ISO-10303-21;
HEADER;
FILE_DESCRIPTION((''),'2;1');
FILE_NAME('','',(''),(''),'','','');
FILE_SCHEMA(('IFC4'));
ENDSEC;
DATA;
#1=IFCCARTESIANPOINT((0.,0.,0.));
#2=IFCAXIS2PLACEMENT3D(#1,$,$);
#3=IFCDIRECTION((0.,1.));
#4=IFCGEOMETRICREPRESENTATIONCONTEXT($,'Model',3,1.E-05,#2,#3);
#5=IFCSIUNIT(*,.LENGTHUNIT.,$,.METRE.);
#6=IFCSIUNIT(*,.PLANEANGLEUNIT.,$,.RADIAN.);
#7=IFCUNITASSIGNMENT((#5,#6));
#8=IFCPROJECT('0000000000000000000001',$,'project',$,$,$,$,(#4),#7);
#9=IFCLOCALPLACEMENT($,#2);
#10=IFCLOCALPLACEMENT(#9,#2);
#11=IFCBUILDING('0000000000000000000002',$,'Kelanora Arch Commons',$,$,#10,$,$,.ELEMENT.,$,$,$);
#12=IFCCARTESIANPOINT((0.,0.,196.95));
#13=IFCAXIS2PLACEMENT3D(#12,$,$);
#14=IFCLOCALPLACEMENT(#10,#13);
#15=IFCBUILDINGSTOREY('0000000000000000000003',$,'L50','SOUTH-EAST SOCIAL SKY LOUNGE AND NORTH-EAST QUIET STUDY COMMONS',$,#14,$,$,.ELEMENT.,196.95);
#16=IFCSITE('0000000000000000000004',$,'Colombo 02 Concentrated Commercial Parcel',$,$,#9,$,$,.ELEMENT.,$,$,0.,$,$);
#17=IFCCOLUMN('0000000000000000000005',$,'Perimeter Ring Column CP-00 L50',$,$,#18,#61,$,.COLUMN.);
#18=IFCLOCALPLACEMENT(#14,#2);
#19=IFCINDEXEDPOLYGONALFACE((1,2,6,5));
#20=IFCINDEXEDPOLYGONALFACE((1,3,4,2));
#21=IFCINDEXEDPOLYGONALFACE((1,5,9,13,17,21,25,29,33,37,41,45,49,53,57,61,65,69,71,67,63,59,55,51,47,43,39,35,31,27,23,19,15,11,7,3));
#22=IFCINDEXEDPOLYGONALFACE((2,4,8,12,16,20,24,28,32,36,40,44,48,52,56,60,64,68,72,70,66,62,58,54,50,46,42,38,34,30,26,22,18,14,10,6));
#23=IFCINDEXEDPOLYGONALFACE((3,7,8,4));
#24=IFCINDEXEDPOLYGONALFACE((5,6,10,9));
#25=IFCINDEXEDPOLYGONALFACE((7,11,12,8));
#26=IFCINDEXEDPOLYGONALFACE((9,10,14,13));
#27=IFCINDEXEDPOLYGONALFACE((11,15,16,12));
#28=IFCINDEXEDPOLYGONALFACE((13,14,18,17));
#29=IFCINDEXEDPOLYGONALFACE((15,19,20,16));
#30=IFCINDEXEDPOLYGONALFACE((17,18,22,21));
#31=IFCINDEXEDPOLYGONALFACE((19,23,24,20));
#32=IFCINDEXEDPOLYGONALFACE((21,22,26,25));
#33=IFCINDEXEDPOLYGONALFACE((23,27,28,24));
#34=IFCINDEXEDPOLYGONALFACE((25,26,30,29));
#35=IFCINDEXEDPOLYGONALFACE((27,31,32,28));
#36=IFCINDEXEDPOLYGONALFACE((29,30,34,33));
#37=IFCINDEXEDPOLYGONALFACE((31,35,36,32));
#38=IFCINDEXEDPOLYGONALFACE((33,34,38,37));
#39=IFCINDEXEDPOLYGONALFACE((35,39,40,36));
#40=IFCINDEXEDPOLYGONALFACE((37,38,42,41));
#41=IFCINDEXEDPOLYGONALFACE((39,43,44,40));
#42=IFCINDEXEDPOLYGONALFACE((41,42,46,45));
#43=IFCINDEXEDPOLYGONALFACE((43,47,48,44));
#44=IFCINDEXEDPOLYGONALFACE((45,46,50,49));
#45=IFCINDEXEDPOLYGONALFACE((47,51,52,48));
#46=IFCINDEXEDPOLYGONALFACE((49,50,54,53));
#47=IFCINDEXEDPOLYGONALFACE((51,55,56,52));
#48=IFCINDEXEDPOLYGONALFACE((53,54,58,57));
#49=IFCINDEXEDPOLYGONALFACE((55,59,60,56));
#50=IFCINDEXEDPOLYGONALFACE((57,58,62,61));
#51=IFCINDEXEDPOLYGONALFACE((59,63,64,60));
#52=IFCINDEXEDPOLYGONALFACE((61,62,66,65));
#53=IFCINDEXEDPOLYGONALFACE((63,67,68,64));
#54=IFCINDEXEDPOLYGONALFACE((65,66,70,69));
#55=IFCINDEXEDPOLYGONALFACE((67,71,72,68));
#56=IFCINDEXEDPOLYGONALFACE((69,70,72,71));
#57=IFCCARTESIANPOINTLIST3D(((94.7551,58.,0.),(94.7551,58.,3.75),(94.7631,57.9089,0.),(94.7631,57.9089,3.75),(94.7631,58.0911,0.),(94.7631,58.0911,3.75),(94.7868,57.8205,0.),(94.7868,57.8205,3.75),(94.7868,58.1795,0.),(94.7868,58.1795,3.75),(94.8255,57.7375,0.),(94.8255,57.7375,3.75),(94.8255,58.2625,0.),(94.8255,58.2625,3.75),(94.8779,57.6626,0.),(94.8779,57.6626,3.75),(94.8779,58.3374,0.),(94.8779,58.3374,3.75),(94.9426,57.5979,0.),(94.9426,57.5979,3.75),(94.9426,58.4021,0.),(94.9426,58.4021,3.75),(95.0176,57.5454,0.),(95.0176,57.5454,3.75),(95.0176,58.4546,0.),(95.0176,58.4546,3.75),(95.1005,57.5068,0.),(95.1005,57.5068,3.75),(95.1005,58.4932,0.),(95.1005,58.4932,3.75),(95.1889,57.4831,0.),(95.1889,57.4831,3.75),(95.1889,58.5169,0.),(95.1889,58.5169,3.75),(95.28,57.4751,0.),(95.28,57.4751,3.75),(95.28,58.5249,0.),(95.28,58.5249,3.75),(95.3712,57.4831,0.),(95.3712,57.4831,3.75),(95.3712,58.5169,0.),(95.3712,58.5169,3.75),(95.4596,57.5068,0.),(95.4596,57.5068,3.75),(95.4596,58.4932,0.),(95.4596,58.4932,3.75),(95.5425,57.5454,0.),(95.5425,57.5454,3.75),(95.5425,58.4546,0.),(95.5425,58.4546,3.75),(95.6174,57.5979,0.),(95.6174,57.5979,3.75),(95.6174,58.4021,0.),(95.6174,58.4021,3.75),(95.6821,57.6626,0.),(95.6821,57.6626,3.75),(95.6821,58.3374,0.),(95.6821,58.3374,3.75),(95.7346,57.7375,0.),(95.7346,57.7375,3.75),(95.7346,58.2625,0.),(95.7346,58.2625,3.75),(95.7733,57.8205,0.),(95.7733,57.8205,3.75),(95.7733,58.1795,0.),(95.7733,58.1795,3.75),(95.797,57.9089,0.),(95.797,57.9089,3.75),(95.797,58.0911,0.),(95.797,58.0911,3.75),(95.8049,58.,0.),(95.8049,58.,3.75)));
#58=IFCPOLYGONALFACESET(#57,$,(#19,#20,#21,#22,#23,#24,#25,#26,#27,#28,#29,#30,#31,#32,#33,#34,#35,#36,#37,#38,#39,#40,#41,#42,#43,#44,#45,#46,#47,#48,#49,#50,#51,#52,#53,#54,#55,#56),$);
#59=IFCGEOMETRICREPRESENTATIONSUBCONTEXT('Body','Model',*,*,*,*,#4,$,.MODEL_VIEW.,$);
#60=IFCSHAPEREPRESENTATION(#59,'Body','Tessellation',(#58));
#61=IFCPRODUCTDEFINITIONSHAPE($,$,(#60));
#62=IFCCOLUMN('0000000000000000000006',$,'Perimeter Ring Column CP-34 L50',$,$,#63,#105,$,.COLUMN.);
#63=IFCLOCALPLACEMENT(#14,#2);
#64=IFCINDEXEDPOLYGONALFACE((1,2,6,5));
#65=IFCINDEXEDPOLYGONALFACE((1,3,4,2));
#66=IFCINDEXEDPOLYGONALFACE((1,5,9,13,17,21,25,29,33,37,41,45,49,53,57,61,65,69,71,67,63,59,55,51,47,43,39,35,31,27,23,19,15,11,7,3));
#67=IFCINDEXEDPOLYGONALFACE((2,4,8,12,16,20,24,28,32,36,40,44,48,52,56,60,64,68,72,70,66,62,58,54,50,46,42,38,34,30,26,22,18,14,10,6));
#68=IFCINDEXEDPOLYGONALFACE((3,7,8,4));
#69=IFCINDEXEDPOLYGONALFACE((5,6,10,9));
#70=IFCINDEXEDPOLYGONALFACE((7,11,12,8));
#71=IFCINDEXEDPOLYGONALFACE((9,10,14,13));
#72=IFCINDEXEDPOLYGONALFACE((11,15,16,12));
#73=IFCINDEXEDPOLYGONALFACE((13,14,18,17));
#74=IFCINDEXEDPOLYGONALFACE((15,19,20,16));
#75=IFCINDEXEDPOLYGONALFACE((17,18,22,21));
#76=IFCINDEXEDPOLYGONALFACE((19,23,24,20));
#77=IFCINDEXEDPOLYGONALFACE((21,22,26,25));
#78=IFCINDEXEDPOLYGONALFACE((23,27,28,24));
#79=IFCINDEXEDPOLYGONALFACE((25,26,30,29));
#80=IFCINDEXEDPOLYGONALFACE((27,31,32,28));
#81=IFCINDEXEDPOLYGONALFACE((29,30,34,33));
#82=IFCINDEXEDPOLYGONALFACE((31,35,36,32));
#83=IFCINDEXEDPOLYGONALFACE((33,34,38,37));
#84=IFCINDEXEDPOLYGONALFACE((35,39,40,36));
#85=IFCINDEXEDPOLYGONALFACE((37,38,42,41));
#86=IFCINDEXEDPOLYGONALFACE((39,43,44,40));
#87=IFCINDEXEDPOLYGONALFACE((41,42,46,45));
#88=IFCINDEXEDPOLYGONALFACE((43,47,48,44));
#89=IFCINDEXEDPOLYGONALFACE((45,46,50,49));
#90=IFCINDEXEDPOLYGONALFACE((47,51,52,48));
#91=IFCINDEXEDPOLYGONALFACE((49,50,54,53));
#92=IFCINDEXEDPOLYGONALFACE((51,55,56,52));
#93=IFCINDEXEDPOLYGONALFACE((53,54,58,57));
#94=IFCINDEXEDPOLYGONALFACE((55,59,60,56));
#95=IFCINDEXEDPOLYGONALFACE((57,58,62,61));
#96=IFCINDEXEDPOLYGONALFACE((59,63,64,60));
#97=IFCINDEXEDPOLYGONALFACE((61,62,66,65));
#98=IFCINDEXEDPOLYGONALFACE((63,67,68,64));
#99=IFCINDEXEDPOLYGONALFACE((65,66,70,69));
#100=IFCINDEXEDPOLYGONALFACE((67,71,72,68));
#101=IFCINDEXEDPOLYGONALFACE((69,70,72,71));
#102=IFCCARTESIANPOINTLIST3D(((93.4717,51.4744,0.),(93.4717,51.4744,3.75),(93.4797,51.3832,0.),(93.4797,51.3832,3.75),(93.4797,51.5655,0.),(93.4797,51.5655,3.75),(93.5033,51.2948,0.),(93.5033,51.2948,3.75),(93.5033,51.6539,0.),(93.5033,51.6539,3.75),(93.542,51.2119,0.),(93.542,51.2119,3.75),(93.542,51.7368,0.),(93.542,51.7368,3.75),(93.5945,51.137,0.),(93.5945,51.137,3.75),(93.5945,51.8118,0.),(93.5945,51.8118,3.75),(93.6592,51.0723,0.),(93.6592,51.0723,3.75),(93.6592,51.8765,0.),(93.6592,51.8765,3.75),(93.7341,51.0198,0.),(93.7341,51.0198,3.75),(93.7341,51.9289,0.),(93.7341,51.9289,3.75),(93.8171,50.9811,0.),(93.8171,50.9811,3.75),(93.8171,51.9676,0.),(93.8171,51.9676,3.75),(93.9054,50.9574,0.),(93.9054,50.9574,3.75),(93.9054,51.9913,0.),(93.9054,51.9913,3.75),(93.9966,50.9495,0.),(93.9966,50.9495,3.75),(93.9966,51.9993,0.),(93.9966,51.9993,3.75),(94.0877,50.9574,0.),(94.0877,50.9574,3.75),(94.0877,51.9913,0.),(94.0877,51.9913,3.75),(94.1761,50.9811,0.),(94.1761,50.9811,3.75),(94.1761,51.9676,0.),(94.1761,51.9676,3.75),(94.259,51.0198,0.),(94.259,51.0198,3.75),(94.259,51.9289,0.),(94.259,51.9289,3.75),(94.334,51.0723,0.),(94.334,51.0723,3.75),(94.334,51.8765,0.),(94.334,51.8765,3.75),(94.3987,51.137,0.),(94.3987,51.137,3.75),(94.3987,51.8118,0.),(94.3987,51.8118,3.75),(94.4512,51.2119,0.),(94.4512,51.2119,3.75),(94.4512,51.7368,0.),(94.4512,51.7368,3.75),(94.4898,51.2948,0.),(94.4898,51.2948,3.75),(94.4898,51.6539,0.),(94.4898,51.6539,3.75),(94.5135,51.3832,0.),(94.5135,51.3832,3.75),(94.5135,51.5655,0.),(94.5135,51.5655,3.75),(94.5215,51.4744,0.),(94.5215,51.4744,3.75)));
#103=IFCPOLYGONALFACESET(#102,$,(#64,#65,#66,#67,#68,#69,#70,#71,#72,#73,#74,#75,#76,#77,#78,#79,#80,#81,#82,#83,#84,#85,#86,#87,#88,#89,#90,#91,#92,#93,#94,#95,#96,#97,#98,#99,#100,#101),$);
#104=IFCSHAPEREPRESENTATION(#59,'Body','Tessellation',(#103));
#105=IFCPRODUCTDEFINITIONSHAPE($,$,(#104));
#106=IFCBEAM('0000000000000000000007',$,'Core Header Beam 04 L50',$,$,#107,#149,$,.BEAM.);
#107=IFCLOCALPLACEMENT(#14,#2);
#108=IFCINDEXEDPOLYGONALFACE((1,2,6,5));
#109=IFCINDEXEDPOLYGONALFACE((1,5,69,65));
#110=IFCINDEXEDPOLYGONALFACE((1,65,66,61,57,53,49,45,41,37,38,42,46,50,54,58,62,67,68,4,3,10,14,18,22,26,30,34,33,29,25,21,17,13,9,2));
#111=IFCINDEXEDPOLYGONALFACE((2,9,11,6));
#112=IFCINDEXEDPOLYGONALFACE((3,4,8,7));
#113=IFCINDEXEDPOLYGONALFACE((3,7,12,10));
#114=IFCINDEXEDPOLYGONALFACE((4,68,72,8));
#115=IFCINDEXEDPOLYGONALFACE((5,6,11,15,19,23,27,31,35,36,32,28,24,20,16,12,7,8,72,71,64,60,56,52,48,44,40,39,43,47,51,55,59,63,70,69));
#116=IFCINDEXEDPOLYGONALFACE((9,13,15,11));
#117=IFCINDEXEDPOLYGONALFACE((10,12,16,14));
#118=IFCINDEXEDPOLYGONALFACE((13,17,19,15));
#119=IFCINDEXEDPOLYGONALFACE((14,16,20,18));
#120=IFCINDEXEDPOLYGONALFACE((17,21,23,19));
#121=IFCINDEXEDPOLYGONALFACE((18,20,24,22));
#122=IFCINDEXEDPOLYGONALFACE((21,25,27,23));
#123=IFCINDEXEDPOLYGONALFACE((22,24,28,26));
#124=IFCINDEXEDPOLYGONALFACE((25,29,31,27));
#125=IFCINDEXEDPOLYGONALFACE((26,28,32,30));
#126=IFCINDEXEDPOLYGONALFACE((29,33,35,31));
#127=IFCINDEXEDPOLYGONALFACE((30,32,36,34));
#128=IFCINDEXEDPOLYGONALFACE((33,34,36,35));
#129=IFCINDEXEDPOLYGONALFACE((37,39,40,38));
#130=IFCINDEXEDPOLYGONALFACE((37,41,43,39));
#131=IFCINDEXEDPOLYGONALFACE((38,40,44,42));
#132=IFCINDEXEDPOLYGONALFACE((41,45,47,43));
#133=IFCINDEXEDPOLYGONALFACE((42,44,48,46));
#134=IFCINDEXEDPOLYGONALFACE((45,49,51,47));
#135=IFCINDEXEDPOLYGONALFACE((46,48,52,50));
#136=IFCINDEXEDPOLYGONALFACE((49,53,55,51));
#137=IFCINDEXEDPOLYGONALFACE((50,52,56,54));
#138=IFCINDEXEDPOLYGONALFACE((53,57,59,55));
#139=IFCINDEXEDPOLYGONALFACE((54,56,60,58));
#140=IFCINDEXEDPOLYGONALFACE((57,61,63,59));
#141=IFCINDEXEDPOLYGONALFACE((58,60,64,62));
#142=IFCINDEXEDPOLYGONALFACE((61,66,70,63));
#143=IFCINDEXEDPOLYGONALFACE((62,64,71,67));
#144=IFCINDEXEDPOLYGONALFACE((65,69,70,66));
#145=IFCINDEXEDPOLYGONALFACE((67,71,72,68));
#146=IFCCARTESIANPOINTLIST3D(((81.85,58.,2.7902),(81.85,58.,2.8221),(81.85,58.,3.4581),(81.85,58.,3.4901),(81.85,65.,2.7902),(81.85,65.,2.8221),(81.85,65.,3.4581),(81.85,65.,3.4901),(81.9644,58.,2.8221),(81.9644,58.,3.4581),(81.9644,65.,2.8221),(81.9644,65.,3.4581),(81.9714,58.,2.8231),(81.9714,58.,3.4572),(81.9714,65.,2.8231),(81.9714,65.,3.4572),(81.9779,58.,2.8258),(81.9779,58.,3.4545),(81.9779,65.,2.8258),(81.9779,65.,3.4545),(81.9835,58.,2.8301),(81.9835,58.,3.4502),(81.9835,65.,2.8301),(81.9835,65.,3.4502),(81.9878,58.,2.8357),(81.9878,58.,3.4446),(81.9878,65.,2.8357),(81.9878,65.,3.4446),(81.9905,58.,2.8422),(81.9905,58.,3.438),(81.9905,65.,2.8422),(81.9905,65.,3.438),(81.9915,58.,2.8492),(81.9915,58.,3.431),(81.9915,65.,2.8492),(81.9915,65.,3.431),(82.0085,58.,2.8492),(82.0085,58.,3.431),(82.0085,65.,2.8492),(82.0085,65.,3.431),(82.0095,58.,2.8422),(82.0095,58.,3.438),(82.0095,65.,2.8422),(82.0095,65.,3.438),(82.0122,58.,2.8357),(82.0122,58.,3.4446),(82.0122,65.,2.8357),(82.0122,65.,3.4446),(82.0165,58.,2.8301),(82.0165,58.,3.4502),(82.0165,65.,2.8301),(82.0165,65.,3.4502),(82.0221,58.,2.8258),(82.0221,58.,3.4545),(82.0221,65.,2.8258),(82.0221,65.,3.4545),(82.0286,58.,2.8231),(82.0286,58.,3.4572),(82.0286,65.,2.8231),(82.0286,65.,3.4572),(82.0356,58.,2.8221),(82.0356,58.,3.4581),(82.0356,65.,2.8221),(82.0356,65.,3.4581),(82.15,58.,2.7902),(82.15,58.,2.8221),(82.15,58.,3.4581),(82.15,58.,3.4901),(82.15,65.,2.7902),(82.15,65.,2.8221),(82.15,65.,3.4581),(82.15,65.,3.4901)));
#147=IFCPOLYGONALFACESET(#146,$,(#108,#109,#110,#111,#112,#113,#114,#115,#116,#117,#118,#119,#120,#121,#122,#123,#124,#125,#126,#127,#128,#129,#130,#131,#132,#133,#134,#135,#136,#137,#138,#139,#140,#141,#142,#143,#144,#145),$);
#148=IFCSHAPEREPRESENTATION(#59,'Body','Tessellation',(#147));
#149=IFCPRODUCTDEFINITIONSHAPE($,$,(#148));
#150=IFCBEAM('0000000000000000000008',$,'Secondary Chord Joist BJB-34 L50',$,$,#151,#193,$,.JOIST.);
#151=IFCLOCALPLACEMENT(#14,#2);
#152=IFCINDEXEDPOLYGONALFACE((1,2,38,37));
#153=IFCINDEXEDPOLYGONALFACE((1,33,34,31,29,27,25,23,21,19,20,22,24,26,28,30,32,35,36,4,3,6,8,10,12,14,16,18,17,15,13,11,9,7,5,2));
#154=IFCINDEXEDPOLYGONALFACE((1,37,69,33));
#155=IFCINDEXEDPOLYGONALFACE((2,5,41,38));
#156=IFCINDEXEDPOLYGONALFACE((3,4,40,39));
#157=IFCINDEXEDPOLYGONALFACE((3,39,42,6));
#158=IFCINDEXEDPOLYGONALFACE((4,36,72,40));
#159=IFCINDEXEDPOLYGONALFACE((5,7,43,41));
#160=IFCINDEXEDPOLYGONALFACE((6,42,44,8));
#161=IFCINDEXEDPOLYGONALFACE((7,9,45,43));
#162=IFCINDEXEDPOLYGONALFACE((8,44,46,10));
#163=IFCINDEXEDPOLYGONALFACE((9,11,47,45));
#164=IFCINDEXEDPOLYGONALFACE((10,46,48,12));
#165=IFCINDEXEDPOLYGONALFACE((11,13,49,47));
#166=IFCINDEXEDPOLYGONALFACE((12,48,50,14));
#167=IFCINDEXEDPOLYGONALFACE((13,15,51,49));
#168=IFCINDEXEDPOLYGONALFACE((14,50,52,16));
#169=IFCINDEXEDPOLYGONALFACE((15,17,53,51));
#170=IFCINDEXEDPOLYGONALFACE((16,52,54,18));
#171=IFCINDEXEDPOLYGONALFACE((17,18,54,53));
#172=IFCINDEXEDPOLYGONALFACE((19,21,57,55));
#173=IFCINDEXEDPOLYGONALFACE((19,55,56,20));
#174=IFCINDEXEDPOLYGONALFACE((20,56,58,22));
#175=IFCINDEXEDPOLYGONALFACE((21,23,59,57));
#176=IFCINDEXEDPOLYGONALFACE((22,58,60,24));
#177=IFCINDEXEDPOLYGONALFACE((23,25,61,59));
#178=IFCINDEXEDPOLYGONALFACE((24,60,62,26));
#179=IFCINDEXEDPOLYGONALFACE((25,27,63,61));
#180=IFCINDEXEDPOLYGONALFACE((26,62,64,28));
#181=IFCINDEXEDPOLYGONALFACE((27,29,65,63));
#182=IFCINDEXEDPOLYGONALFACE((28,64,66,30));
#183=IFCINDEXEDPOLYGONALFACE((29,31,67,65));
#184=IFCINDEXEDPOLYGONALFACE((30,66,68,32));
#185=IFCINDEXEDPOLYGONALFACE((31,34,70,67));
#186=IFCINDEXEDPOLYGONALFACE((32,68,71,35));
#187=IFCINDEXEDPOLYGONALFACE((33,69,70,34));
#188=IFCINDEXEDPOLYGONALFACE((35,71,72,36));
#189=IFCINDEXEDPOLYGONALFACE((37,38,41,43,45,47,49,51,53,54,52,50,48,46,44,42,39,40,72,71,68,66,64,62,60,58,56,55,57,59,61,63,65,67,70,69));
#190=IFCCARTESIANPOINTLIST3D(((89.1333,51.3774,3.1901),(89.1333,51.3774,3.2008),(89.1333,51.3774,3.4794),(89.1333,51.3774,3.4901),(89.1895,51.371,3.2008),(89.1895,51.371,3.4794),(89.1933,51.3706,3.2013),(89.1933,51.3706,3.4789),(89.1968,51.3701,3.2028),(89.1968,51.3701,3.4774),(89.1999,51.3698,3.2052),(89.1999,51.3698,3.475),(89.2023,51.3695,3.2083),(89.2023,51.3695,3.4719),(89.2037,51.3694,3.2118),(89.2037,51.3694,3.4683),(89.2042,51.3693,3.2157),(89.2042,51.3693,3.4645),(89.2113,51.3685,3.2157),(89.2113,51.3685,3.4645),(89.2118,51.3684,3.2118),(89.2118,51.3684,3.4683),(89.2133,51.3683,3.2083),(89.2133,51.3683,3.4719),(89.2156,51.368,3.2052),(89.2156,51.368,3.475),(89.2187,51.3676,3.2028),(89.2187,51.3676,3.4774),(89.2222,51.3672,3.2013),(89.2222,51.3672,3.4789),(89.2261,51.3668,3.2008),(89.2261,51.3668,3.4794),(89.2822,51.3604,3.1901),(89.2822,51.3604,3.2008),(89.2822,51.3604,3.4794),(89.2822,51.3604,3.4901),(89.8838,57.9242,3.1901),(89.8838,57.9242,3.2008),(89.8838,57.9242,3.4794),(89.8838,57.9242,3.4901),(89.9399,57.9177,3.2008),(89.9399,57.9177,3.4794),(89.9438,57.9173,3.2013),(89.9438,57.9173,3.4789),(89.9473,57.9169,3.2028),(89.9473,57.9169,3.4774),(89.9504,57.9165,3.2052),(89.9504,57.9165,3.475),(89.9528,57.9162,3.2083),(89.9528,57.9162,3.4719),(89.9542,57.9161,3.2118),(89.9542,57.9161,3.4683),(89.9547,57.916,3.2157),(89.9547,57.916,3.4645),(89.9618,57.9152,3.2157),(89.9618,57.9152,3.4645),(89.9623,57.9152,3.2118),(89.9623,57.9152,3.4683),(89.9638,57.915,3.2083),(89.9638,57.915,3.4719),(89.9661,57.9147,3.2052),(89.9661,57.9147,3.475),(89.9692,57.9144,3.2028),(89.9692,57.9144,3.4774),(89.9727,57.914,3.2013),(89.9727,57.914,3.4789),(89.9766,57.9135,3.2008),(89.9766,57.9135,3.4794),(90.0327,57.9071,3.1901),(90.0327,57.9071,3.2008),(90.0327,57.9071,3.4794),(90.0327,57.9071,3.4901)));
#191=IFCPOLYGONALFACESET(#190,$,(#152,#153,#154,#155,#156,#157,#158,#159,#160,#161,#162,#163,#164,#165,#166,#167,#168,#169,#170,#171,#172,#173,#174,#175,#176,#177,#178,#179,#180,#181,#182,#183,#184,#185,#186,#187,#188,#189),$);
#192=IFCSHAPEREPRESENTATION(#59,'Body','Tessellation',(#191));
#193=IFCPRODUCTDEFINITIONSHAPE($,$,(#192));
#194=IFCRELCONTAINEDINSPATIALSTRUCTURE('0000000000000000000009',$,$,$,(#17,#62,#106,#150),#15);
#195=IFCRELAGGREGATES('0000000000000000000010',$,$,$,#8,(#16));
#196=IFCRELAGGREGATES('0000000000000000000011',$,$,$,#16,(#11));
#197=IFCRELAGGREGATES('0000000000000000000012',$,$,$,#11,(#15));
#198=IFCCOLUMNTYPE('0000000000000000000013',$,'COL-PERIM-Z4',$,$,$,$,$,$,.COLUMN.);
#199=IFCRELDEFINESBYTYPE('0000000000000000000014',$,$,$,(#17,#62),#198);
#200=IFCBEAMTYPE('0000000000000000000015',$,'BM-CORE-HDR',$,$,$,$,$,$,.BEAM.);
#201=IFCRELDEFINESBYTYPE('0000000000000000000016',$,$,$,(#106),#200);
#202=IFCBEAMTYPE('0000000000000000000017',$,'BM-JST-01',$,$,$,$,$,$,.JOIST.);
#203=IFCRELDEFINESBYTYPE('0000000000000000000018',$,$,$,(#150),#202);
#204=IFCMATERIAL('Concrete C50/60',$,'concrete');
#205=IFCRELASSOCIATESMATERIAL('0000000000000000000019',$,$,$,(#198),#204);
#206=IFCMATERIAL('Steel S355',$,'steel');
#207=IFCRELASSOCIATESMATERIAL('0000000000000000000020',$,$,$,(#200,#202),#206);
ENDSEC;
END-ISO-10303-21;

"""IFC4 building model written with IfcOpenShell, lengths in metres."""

from ifc_helpers import new_model, si_unit, direction, frame, origin, origin_2d, place, context, subcontext, project, spatial, circle, i_section, extrude, material, material_profile, profile_set, type_object, element, save


model = new_model("IFC4")

# Units and contexts
model_context = context("Model", 3, precision=1e-05, world=origin(), true_north=direction((0.0, 1.0)))
body_context = subcontext(model_context, "Body", "Model", "MODEL_VIEW")
ifc_project = project(units=[si_unit("LENGTHUNIT", "METRE"), si_unit("PLANEANGLEUNIT", "RADIAN")], contexts=[model_context])

# Site, building, storey
site_placement = place(None, origin())
site = spatial("IfcSite", under=ifc_project, at=site_placement, Name="Colombo 02 Concentrated Commercial Parcel", CompositionType="ELEMENT", RefElevation=0.0)
building_placement = place(site_placement, origin())
building = spatial("IfcBuilding", under=site, at=building_placement, Name="Kelanora Arch Commons", CompositionType="ELEMENT")
storey_placement = place(building_placement, frame((0.0, 0.0, 196.95)))
storey = spatial("IfcBuildingStorey", under=building, at=storey_placement, Name="L50", Description="SOUTH-EAST SOCIAL SKY LOUNGE AND NORTH-EAST QUIET STUDY COMMONS", CompositionType="ELEMENT", Elevation=196.95)

# Columns
ifc_material_1 = material(Name="Concrete C50/60", Category="concrete")
ifc_material_profile_1 = material_profile(ifc_material_1, circle(Radius=0.5249, at=origin_2d()), Name="RCC1050")
ifc_profile_set_1 = profile_set([ifc_material_profile_1], Name="Concrete C50/60")
column_type = type_object("IfcColumnType", Name="COL-PERIM-Z4", PredefinedType="COLUMN", material=ifc_profile_set_1)
for number, where, z_axis, x_axis, name in (
    (1, (95.28, 58.0, 0.0), (0.0, 0.0, 1.0), (1.0, 0.0, 0.0), "Perimeter Ring Column CP-00 L50"),
    (2, (93.9966, 51.4744, 0.0), (0.0, 0.0, 1.0), (1.0, 0.0, 0.0), "Perimeter Ring Column CP-34 L50"),
):
    element("IfcColumn", number, at=place(storey_placement, frame(where, z_axis=z_axis, x_axis=x_axis)), inside=storey, type_object=column_type, Name=name, PredefinedType="COLUMN", context=body_context, shape_type="SweptSolid", body=[
        extrude(circle(Radius=0.5249, at=origin_2d()), origin(), (0.0, 0.0, 1.0), 3.75),
    ])

# Beams
ifc_material_2 = material(Name="Steel S355", Category="steel")
ifc_material_profile_2 = material_profile(ifc_material_2, i_section(OverallWidth=0.3, OverallDepth=0.7, WebThickness=0.0171, FlangeThickness=0.032, FilletRadius=0.0271, at=origin_2d()), Name="HEB700")
ifc_profile_set_2 = profile_set([ifc_material_profile_2], Name="Steel S355")
beam_type_1 = type_object("IfcBeamType", Name="BM-CORE-HDR", PredefinedType="BEAM", material=ifc_profile_set_2)
beam_1_placement = place(storey_placement, frame((82.0, 58.0, 3.1401), z_axis=(0.0, 1.0, 0.0), x_axis=(-1.0, 0.0, 0.0)))
element("IfcBeam", 3, at=beam_1_placement, inside=storey, type_object=beam_type_1, Name="Core Header Beam 04 L50", PredefinedType="BEAM", context=body_context, shape_type="SweptSolid", body=[
    extrude(i_section(OverallWidth=0.3, OverallDepth=0.7, WebThickness=0.0171, FlangeThickness=0.032, FilletRadius=0.0271, at=origin_2d()), origin(), (0.0, 0.0, 1.0), 7.0),
])
ifc_material_profile_3 = material_profile(ifc_material_2, i_section(OverallWidth=0.1499, OverallDepth=0.3, WebThickness=0.0071, FlangeThickness=0.0107, FilletRadius=0.0149, at=origin_2d()), Name="IPE300")
ifc_profile_set_3 = profile_set([ifc_material_profile_3], Name="Steel S355")
beam_type_2 = type_object("IfcBeamType", Name="BM-JST-01", PredefinedType="JOIST", material=ifc_profile_set_3)
beam_2_placement = place(storey_placement, frame((89.2078, 51.3689, 3.3401), z_axis=(0.113891, 0.993493, 0.0), x_axis=(-0.993493, 0.113891, 0.0)))
element("IfcBeam", 4, at=beam_2_placement, inside=storey, type_object=beam_type_2, Name="Secondary Chord Joist BJB-34 L50", PredefinedType="JOIST", context=body_context, shape_type="SweptSolid", body=[
    extrude(i_section(OverallWidth=0.1499, OverallDepth=0.3, WebThickness=0.0071, FlangeThickness=0.0107, FilletRadius=0.0149, at=origin_2d()), origin(), (0.0, 0.0, 1.0), 6.5896),
])

save(model, "model.ifc")
